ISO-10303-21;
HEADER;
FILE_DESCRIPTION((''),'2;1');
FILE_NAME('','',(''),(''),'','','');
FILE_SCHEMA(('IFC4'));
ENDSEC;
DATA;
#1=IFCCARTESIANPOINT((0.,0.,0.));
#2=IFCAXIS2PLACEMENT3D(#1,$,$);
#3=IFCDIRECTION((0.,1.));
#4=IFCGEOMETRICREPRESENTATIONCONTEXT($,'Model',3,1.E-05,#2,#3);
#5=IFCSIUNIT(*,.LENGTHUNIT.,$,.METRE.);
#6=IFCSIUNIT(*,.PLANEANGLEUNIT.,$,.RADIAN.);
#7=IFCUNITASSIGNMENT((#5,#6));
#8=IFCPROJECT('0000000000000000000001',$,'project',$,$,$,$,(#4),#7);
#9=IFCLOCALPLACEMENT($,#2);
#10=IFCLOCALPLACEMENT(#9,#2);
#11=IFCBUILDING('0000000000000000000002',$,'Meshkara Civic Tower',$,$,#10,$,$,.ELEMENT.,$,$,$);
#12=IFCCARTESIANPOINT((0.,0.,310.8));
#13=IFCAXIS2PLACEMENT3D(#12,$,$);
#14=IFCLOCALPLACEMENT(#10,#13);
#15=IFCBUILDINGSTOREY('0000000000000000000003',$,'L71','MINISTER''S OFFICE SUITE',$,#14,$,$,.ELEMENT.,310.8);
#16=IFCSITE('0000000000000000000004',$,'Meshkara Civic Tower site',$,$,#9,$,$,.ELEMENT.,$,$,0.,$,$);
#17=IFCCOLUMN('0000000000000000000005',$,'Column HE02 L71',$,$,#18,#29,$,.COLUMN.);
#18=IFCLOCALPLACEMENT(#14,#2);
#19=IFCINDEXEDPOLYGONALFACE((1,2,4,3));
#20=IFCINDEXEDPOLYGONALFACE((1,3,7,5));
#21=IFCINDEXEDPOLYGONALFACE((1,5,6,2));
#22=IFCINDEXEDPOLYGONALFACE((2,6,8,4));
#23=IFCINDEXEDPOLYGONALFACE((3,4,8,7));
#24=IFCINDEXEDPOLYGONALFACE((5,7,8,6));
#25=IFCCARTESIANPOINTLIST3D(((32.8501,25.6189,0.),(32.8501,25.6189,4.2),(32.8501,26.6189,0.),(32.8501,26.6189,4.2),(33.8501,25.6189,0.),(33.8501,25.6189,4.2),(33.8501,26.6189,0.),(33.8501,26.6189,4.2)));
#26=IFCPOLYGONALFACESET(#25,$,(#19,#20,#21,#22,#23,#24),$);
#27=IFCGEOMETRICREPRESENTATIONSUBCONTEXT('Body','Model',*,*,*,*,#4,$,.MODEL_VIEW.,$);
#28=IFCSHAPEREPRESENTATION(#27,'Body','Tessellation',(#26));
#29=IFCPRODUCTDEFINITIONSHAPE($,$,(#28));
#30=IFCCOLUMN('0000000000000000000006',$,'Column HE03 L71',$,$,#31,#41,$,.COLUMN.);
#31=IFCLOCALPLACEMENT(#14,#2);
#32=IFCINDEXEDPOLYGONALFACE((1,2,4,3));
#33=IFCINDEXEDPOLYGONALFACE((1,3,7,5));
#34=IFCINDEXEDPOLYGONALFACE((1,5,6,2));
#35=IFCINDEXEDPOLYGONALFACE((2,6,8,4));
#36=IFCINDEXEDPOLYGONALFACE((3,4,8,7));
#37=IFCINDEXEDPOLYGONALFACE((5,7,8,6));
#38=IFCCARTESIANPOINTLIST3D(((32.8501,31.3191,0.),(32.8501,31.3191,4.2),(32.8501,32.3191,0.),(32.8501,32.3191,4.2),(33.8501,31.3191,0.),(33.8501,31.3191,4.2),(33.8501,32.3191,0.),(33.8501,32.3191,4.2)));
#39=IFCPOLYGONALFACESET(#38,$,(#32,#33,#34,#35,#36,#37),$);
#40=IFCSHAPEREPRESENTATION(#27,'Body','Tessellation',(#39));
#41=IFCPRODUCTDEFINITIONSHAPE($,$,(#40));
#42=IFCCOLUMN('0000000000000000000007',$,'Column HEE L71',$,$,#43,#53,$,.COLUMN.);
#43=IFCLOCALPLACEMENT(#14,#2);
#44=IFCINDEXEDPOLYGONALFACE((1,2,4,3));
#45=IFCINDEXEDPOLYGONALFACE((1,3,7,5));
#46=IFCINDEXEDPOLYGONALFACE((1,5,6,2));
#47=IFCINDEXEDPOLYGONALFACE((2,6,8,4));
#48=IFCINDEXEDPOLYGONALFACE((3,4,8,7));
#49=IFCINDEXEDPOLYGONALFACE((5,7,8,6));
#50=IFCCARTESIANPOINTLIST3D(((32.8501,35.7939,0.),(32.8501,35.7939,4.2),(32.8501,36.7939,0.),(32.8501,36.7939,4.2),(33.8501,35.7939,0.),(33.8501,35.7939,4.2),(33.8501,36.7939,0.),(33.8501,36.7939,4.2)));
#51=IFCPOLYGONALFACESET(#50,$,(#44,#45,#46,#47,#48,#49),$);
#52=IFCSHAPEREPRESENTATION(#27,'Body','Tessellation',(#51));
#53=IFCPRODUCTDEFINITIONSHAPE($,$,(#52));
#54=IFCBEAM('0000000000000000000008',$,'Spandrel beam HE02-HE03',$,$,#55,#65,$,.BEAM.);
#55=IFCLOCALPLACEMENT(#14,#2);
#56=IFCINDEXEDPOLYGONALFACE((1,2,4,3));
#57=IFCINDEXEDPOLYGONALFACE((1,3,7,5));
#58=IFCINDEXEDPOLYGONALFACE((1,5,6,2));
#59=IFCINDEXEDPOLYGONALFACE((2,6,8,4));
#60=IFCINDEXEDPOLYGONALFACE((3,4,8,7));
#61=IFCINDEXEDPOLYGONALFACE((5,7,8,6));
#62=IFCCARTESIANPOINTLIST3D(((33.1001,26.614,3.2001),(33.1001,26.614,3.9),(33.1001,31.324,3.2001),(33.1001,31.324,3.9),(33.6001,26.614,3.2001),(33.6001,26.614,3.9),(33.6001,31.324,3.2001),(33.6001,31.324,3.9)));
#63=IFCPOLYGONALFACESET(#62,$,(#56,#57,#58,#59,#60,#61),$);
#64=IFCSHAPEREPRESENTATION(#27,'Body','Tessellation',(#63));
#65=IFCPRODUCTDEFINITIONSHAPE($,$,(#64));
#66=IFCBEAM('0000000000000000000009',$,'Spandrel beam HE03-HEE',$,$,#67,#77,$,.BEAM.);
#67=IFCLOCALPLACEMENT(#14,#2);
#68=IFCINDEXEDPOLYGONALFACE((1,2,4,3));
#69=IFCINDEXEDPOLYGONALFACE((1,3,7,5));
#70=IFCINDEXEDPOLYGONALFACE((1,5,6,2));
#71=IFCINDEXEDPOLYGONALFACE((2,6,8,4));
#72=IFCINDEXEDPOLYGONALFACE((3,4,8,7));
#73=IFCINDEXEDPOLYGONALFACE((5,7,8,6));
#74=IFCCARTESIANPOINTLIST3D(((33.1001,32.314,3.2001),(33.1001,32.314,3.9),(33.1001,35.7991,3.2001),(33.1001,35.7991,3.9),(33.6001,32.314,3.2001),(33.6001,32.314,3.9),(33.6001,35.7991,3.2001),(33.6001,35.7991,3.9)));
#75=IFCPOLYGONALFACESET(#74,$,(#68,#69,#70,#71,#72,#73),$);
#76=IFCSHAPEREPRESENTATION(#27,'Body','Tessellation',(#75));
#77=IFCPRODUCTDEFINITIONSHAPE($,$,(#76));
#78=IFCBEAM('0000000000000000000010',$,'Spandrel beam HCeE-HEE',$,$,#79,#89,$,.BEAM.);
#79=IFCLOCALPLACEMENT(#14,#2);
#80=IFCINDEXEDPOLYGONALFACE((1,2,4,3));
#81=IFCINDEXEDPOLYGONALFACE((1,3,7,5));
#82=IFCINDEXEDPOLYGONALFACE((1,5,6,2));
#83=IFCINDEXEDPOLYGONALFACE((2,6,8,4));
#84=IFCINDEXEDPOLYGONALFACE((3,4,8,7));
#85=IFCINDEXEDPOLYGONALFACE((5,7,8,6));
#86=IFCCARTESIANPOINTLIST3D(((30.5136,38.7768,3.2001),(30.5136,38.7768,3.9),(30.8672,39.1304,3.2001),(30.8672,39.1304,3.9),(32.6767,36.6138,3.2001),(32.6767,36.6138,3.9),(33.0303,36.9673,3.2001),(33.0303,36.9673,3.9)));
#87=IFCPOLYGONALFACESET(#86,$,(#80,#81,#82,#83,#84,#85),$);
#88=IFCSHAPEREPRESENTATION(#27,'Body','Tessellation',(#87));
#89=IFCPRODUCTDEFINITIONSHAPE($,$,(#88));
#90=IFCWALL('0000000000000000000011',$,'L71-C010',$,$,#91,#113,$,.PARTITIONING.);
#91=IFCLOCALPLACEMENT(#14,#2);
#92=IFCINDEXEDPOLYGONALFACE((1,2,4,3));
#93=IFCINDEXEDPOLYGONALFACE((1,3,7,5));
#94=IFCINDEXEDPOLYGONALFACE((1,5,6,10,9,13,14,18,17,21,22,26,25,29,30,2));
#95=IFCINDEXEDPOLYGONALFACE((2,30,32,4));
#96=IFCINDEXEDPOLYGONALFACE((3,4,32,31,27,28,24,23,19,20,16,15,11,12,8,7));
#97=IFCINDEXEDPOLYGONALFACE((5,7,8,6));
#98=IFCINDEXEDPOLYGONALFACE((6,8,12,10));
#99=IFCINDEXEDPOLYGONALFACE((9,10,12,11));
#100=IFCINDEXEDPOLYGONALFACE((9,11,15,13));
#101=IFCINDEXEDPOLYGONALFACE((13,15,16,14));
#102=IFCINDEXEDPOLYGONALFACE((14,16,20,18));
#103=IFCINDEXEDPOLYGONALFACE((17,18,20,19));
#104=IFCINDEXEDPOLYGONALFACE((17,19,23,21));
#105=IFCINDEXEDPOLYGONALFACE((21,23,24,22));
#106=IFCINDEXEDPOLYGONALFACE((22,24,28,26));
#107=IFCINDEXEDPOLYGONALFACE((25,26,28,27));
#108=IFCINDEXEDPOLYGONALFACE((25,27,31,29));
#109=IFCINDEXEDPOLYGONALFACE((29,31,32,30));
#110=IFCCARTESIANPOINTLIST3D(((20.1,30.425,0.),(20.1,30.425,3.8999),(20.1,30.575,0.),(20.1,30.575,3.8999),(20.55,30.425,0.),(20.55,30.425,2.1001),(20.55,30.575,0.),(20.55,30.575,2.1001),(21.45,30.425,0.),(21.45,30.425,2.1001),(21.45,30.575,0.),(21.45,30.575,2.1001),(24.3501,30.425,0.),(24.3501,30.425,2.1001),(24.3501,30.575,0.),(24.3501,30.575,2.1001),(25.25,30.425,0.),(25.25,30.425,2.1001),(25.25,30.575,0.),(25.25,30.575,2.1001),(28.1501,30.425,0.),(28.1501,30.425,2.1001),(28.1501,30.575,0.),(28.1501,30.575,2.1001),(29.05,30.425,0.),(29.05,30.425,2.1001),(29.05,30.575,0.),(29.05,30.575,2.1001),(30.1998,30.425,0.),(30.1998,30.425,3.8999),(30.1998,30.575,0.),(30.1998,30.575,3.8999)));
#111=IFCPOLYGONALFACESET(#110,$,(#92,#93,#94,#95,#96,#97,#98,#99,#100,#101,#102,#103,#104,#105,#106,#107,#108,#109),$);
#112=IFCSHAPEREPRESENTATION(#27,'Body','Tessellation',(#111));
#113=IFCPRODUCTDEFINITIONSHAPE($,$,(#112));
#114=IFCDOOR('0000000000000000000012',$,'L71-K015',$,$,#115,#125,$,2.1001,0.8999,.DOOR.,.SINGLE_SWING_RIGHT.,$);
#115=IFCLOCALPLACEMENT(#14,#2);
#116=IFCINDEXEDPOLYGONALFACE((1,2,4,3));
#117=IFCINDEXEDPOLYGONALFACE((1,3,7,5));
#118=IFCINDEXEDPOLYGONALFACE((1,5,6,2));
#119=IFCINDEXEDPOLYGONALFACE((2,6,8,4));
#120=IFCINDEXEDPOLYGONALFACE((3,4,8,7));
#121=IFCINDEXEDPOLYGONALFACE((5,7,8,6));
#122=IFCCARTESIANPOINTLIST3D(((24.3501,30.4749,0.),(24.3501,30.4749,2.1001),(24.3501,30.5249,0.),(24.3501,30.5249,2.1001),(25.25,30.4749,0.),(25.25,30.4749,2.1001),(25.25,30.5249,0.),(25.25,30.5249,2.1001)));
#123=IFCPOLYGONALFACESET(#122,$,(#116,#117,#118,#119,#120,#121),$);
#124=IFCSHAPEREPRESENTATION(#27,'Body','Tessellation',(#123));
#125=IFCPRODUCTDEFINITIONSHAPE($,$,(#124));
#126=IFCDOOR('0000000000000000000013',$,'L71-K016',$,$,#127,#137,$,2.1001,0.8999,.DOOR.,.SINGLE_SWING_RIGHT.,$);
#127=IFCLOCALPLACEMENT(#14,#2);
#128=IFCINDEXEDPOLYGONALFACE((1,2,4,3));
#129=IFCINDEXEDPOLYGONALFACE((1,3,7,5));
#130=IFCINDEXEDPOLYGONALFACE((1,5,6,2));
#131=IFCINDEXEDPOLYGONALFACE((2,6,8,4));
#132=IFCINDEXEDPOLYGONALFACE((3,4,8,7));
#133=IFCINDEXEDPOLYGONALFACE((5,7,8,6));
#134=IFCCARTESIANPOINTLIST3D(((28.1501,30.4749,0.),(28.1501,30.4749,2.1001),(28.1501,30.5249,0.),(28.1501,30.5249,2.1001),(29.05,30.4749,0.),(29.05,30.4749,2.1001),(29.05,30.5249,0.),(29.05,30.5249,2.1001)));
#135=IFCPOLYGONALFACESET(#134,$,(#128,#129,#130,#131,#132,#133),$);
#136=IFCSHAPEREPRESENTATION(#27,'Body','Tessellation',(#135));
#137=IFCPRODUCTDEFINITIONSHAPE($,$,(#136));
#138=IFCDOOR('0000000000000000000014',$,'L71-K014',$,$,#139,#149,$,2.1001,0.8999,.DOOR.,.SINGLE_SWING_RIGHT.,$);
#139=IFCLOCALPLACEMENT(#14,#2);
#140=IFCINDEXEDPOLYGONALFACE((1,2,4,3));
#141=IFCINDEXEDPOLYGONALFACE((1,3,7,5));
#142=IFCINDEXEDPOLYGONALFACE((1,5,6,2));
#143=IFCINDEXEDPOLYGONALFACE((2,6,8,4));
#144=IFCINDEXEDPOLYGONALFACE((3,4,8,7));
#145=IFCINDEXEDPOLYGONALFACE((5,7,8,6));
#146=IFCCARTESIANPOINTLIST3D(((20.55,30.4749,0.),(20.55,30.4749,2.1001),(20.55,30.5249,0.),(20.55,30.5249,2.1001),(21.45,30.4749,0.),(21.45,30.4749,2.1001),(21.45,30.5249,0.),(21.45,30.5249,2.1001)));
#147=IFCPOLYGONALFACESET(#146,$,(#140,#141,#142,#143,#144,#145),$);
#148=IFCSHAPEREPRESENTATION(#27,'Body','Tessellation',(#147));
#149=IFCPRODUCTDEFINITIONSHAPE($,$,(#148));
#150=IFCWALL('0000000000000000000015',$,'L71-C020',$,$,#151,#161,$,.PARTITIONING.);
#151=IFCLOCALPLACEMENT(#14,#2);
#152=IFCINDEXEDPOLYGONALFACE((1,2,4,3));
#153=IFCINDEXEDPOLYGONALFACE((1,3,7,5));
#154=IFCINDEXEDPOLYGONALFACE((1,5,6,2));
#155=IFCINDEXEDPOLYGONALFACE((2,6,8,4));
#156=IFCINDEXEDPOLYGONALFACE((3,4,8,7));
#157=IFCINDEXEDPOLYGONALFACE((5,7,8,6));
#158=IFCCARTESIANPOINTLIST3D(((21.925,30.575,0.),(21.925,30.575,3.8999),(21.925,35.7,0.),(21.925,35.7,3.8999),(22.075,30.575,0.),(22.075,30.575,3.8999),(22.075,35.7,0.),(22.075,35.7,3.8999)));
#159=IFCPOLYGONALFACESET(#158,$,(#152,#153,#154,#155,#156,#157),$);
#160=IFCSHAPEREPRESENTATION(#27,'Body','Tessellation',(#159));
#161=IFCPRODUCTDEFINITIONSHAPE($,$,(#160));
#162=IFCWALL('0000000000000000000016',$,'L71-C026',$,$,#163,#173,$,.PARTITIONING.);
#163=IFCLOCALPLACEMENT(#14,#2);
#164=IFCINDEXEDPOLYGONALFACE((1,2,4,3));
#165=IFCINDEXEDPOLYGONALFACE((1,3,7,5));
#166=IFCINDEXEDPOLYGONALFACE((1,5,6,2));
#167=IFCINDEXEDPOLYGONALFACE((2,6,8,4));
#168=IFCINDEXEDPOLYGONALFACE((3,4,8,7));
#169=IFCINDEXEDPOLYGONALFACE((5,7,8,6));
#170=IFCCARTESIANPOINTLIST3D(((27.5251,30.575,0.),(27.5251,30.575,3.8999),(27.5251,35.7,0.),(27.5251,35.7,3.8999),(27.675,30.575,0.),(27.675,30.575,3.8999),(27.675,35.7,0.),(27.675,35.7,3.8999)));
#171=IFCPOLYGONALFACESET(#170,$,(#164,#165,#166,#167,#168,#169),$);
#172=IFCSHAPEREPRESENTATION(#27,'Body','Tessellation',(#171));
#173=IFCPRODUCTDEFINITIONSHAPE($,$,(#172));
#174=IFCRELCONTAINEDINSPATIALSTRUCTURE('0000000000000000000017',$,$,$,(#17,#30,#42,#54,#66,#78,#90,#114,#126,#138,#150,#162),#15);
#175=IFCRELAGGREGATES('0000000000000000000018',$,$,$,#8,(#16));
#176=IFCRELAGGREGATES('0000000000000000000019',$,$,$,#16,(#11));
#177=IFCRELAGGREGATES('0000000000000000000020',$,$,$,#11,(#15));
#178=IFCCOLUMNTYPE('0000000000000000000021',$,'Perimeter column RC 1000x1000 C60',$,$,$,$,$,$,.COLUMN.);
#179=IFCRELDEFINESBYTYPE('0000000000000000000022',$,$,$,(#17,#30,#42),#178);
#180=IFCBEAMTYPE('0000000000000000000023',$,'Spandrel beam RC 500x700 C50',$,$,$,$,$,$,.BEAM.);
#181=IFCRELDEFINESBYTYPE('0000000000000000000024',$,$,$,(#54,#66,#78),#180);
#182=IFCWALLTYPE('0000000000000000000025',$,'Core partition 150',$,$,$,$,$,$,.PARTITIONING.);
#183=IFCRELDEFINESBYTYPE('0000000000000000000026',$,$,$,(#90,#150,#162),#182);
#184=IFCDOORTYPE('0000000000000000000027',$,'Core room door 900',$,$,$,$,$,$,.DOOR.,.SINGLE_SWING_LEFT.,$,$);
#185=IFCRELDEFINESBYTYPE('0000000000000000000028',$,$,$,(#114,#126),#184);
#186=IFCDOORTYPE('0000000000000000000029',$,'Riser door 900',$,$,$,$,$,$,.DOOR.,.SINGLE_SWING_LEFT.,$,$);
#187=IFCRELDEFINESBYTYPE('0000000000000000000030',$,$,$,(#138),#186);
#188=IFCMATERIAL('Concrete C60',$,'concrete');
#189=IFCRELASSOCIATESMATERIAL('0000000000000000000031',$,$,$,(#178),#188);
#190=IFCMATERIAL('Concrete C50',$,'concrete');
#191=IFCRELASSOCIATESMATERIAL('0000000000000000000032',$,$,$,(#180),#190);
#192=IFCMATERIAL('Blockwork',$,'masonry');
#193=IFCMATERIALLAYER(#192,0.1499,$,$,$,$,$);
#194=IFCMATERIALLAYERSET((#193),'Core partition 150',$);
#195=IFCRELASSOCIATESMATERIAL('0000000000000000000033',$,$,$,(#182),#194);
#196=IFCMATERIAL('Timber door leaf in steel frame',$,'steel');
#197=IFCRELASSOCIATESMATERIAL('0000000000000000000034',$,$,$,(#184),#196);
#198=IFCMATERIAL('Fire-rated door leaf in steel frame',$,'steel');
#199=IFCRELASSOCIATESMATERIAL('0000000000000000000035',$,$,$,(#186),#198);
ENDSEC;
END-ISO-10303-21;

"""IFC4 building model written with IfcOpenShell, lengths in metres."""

from ifc_helpers import new_model, si_unit, direction, frame, frame_2d, origin, origin_2d, place, context, subcontext, project, spatial, rectangle, extrude, material, layer, layer_set, material_profile, profile_set, type_object, element, fill, save


model = new_model("IFC4")

# Units and contexts
model_context = context("Model", 3, precision=1e-05, world=origin(), true_north=direction((0.0, 1.0)))
body_context = subcontext(model_context, "Body", "Model", "MODEL_VIEW")
ifc_project = project(units=[si_unit("LENGTHUNIT", "METRE"), si_unit("PLANEANGLEUNIT", "RADIAN")], contexts=[model_context])

# Site, building, storey
site_placement = place(None, origin())
site = spatial("IfcSite", under=ifc_project, at=site_placement, Name="Meshkara Civic Tower site", CompositionType="ELEMENT", RefElevation=0.0)
building_placement = place(site_placement, origin())
building = spatial("IfcBuilding", under=site, at=building_placement, Name="Meshkara Civic Tower", CompositionType="ELEMENT")
storey_placement = place(building_placement, frame((0.0, 0.0, 310.8)))
storey = spatial("IfcBuildingStorey", under=building, at=storey_placement, Name="L71", Description="MINISTER'S OFFICE SUITE", CompositionType="ELEMENT", Elevation=310.8)

# Columns
ifc_material_1 = material(Name="Concrete C60", Category="concrete")
ifc_material_profile_1 = material_profile(ifc_material_1, rectangle(XDim=1.0, YDim=1.0, at=origin_2d()))
ifc_profile_set_1 = profile_set([ifc_material_profile_1], Name="Concrete C60")
column_type = type_object("IfcColumnType", Name="Perimeter column RC 1000x1000 C60", PredefinedType="COLUMN", material=ifc_profile_set_1)
for number, where, z_axis, x_axis, name in (
    (1, (33.3501, 26.1189, 0.0), (0.0, 0.0, 1.0), (1.0, 0.0, 0.0), "Column HE02 L71"),
    (2, (33.3501, 31.8191, 0.0), (0.0, 0.0, 1.0), (1.0, 0.0, 0.0), "Column HE03 L71"),
    (3, (33.3501, 36.2939, 0.0), (0.0, 0.0, 1.0), (1.0, 0.0, 0.0), "Column HEE L71"),
):
    element("IfcColumn", number, at=place(storey_placement, frame(where, z_axis=z_axis, x_axis=x_axis)), inside=storey, type_object=column_type, Name=name, PredefinedType="COLUMN", context=body_context, shape_type="SweptSolid", body=[
        extrude(rectangle(XDim=1.0, YDim=1.0, at=origin_2d()), origin(), (0.0, 0.0, 1.0), 4.2),
    ])

# Beams
ifc_material_2 = material(Name="Concrete C50", Category="concrete")
ifc_material_profile_2 = material_profile(ifc_material_2, rectangle(XDim=0.5, YDim=0.7, at=origin_2d()))
ifc_profile_set_2 = profile_set([ifc_material_profile_2], Name="Concrete C50")
beam_type = type_object("IfcBeamType", Name="Spandrel beam RC 500x700 C50", PredefinedType="BEAM", material=ifc_profile_set_2)
beam_1_placement = place(storey_placement, frame((33.3501, 26.614, 3.55), z_axis=(0.0, 1.0, 0.0), x_axis=(-1.0, 0.0, 0.0)))
element("IfcBeam", 4, at=beam_1_placement, inside=storey, type_object=beam_type, Name="Spandrel beam HE02-HE03", PredefinedType="BEAM", context=body_context, shape_type="SweptSolid", body=[
    extrude(rectangle(XDim=0.5, YDim=0.7, at=origin_2d()), origin(), (0.0, 0.0, 1.0), 4.71),
])
beam_2_placement = place(storey_placement, frame((33.3501, 32.314, 3.55), z_axis=(0.0, 1.0, 0.0), x_axis=(-1.0, 0.0, 0.0)))
element("IfcBeam", 5, at=beam_2_placement, inside=storey, type_object=beam_type, Name="Spandrel beam HE03-HEE", PredefinedType="BEAM", context=body_context, shape_type="SweptSolid", body=[
    extrude(rectangle(XDim=0.5, YDim=0.7, at=origin_2d()), origin(), (0.0, 0.0, 1.0), 3.4851),
])
beam_3_placement = place(storey_placement, frame((32.8535, 36.7905, 3.55), z_axis=(-0.707107, 0.707107, 0.0), x_axis=(-0.707107, -0.707107, 0.0)))
element("IfcBeam", 6, at=beam_3_placement, inside=storey, type_object=beam_type, Name="Spandrel beam HCeE-HEE", PredefinedType="BEAM", context=body_context, shape_type="SweptSolid", body=[
    extrude(rectangle(XDim=0.5, YDim=0.7, at=origin_2d()), origin(), (0.0, 0.0, 1.0), 3.0591),
])

# Wall, openings, doors
ifc_material_3 = material(Name="Blockwork", Category="masonry")
ifc_layer_1 = layer(ifc_material_3, 0.1499)
ifc_layer_set_1 = layer_set([ifc_layer_1], Name="Core partition 150")
wall_type_1 = type_object("IfcWallType", Name="Core partition 150", PredefinedType="PARTITIONING", material=ifc_layer_set_1)
wall_1_placement = place(storey_placement, frame((20.1001, 30.5, 0.0), z_axis=(0.0, 0.0, 1.0), x_axis=(1.0, 0.0, 0.0)))
wall_1 = element("IfcWall", 7, at=wall_1_placement, inside=storey, type_object=wall_type_1, Name="L71-C010", PredefinedType="PARTITIONING", context=body_context, shape_type="SweptSolid", body=[
    extrude(rectangle(XDim=10.0999, YDim=0.1499, at=frame_2d((5.0498, 0.0))), origin(), (0.0, 0.0, 1.0), 3.8999),
])
opening_1_placement = place(wall_1_placement, frame((0.45, 0.0, 0.0)))
opening_1 = element("IfcOpeningElement", 8, at=opening_1_placement, cuts=wall_1, PredefinedType="OPENING", context=body_context, shape_type="SweptSolid", body=[
    extrude(rectangle(XDim=0.8999, YDim=2.1001, at=frame_2d((0.45, 1.05))), frame((0.0, 0.085, 0.0), z_axis=(0.0, -1.0, 0.0), x_axis=(1.0, 0.0, 0.0)), (0.0, 0.0, 1.0), 0.1699),
])
opening_2_placement = place(wall_1_placement, frame((4.25, 0.0, 0.0)))
opening_2 = element("IfcOpeningElement", 9, at=opening_2_placement, cuts=wall_1, PredefinedType="OPENING", context=body_context, shape_type="SweptSolid", body=[
    extrude(rectangle(XDim=0.8999, YDim=2.1001, at=frame_2d((0.45, 1.05))), frame((0.0, 0.085, 0.0), z_axis=(0.0, -1.0, 0.0), x_axis=(1.0, 0.0, 0.0)), (0.0, 0.0, 1.0), 0.1699),
])
opening_3_placement = place(wall_1_placement, frame((8.05, 0.0, 0.0)))
opening_3 = element("IfcOpeningElement", 10, at=opening_3_placement, cuts=wall_1, PredefinedType="OPENING", context=body_context, shape_type="SweptSolid", body=[
    extrude(rectangle(XDim=0.8999, YDim=2.1001, at=frame_2d((0.45, 1.05))), frame((0.0, 0.085, 0.0), z_axis=(0.0, -1.0, 0.0), x_axis=(1.0, 0.0, 0.0)), (0.0, 0.0, 1.0), 0.1699),
])
ifc_material_4 = material(Name="Timber door leaf in steel frame", Category="steel")
door_type_1 = type_object("IfcDoorType", Name="Core room door 900", OperationType="SINGLE_SWING_LEFT", PredefinedType="DOOR", material=ifc_material_4)
door_1_placement = place(opening_2_placement, origin())
door_1 = element("IfcDoor", 11, at=door_1_placement, inside=storey, type_object=door_type_1, Name="L71-K015", OperationType="SINGLE_SWING_RIGHT", OverallHeight=2.1001, OverallWidth=0.8999, PredefinedType="DOOR", context=body_context, shape_type="SweptSolid", body=[
    extrude(rectangle(XDim=0.8999, YDim=2.1001, at=frame_2d((0.45, 1.05))), frame((0.0, 0.0249, 0.0), z_axis=(0.0, -1.0, 0.0), x_axis=(1.0, 0.0, 0.0)), (0.0, 0.0, 1.0), 0.05),
])
fill(opening_2, door_1)
door_2_placement = place(opening_3_placement, origin())
door_2 = element("IfcDoor", 12, at=door_2_placement, inside=storey, type_object=door_type_1, Name="L71-K016", OperationType="SINGLE_SWING_RIGHT", OverallHeight=2.1001, OverallWidth=0.8999, PredefinedType="DOOR", context=body_context, shape_type="SweptSolid", body=[
    extrude(rectangle(XDim=0.8999, YDim=2.1001, at=frame_2d((0.45, 1.05))), frame((0.0, 0.0249, 0.0), z_axis=(0.0, -1.0, 0.0), x_axis=(1.0, 0.0, 0.0)), (0.0, 0.0, 1.0), 0.05),
])
fill(opening_3, door_2)
ifc_material_5 = material(Name="Fire-rated door leaf in steel frame", Category="steel")
door_type_2 = type_object("IfcDoorType", Name="Riser door 900", OperationType="SINGLE_SWING_LEFT", PredefinedType="DOOR", material=ifc_material_5)
door_3_placement = place(opening_1_placement, origin())
door_3 = element("IfcDoor", 13, at=door_3_placement, inside=storey, type_object=door_type_2, Name="L71-K014", OperationType="SINGLE_SWING_RIGHT", OverallHeight=2.1001, OverallWidth=0.8999, PredefinedType="DOOR", context=body_context, shape_type="SweptSolid", body=[
    extrude(rectangle(XDim=0.8999, YDim=2.1001, at=frame_2d((0.45, 1.05))), frame((0.0, 0.0249, 0.0), z_axis=(0.0, -1.0, 0.0), x_axis=(1.0, 0.0, 0.0)), (0.0, 0.0, 1.0), 0.05),
])
fill(opening_1, door_3)

# Walls
for number, where, z_axis, x_axis, name in (
    (14, (22.0, 30.575, 0.0), (0.0, 0.0, 1.0), (0.0, 1.0, 0.0), "L71-C020"),
    (15, (27.6001, 30.575, 0.0), (0.0, 0.0, 1.0), (0.0, 1.0, 0.0), "L71-C026"),
):
    element("IfcWall", number, at=place(storey_placement, frame(where, z_axis=z_axis, x_axis=x_axis)), inside=storey, type_object=wall_type_1, Name=name, PredefinedType="PARTITIONING", context=body_context, shape_type="SweptSolid", body=[
        extrude(rectangle(XDim=5.125, YDim=0.1499, at=frame_2d((2.5625, 0.0))), origin(), (0.0, 0.0, 1.0), 3.8999),
    ])

save(model, "model.ifc")
